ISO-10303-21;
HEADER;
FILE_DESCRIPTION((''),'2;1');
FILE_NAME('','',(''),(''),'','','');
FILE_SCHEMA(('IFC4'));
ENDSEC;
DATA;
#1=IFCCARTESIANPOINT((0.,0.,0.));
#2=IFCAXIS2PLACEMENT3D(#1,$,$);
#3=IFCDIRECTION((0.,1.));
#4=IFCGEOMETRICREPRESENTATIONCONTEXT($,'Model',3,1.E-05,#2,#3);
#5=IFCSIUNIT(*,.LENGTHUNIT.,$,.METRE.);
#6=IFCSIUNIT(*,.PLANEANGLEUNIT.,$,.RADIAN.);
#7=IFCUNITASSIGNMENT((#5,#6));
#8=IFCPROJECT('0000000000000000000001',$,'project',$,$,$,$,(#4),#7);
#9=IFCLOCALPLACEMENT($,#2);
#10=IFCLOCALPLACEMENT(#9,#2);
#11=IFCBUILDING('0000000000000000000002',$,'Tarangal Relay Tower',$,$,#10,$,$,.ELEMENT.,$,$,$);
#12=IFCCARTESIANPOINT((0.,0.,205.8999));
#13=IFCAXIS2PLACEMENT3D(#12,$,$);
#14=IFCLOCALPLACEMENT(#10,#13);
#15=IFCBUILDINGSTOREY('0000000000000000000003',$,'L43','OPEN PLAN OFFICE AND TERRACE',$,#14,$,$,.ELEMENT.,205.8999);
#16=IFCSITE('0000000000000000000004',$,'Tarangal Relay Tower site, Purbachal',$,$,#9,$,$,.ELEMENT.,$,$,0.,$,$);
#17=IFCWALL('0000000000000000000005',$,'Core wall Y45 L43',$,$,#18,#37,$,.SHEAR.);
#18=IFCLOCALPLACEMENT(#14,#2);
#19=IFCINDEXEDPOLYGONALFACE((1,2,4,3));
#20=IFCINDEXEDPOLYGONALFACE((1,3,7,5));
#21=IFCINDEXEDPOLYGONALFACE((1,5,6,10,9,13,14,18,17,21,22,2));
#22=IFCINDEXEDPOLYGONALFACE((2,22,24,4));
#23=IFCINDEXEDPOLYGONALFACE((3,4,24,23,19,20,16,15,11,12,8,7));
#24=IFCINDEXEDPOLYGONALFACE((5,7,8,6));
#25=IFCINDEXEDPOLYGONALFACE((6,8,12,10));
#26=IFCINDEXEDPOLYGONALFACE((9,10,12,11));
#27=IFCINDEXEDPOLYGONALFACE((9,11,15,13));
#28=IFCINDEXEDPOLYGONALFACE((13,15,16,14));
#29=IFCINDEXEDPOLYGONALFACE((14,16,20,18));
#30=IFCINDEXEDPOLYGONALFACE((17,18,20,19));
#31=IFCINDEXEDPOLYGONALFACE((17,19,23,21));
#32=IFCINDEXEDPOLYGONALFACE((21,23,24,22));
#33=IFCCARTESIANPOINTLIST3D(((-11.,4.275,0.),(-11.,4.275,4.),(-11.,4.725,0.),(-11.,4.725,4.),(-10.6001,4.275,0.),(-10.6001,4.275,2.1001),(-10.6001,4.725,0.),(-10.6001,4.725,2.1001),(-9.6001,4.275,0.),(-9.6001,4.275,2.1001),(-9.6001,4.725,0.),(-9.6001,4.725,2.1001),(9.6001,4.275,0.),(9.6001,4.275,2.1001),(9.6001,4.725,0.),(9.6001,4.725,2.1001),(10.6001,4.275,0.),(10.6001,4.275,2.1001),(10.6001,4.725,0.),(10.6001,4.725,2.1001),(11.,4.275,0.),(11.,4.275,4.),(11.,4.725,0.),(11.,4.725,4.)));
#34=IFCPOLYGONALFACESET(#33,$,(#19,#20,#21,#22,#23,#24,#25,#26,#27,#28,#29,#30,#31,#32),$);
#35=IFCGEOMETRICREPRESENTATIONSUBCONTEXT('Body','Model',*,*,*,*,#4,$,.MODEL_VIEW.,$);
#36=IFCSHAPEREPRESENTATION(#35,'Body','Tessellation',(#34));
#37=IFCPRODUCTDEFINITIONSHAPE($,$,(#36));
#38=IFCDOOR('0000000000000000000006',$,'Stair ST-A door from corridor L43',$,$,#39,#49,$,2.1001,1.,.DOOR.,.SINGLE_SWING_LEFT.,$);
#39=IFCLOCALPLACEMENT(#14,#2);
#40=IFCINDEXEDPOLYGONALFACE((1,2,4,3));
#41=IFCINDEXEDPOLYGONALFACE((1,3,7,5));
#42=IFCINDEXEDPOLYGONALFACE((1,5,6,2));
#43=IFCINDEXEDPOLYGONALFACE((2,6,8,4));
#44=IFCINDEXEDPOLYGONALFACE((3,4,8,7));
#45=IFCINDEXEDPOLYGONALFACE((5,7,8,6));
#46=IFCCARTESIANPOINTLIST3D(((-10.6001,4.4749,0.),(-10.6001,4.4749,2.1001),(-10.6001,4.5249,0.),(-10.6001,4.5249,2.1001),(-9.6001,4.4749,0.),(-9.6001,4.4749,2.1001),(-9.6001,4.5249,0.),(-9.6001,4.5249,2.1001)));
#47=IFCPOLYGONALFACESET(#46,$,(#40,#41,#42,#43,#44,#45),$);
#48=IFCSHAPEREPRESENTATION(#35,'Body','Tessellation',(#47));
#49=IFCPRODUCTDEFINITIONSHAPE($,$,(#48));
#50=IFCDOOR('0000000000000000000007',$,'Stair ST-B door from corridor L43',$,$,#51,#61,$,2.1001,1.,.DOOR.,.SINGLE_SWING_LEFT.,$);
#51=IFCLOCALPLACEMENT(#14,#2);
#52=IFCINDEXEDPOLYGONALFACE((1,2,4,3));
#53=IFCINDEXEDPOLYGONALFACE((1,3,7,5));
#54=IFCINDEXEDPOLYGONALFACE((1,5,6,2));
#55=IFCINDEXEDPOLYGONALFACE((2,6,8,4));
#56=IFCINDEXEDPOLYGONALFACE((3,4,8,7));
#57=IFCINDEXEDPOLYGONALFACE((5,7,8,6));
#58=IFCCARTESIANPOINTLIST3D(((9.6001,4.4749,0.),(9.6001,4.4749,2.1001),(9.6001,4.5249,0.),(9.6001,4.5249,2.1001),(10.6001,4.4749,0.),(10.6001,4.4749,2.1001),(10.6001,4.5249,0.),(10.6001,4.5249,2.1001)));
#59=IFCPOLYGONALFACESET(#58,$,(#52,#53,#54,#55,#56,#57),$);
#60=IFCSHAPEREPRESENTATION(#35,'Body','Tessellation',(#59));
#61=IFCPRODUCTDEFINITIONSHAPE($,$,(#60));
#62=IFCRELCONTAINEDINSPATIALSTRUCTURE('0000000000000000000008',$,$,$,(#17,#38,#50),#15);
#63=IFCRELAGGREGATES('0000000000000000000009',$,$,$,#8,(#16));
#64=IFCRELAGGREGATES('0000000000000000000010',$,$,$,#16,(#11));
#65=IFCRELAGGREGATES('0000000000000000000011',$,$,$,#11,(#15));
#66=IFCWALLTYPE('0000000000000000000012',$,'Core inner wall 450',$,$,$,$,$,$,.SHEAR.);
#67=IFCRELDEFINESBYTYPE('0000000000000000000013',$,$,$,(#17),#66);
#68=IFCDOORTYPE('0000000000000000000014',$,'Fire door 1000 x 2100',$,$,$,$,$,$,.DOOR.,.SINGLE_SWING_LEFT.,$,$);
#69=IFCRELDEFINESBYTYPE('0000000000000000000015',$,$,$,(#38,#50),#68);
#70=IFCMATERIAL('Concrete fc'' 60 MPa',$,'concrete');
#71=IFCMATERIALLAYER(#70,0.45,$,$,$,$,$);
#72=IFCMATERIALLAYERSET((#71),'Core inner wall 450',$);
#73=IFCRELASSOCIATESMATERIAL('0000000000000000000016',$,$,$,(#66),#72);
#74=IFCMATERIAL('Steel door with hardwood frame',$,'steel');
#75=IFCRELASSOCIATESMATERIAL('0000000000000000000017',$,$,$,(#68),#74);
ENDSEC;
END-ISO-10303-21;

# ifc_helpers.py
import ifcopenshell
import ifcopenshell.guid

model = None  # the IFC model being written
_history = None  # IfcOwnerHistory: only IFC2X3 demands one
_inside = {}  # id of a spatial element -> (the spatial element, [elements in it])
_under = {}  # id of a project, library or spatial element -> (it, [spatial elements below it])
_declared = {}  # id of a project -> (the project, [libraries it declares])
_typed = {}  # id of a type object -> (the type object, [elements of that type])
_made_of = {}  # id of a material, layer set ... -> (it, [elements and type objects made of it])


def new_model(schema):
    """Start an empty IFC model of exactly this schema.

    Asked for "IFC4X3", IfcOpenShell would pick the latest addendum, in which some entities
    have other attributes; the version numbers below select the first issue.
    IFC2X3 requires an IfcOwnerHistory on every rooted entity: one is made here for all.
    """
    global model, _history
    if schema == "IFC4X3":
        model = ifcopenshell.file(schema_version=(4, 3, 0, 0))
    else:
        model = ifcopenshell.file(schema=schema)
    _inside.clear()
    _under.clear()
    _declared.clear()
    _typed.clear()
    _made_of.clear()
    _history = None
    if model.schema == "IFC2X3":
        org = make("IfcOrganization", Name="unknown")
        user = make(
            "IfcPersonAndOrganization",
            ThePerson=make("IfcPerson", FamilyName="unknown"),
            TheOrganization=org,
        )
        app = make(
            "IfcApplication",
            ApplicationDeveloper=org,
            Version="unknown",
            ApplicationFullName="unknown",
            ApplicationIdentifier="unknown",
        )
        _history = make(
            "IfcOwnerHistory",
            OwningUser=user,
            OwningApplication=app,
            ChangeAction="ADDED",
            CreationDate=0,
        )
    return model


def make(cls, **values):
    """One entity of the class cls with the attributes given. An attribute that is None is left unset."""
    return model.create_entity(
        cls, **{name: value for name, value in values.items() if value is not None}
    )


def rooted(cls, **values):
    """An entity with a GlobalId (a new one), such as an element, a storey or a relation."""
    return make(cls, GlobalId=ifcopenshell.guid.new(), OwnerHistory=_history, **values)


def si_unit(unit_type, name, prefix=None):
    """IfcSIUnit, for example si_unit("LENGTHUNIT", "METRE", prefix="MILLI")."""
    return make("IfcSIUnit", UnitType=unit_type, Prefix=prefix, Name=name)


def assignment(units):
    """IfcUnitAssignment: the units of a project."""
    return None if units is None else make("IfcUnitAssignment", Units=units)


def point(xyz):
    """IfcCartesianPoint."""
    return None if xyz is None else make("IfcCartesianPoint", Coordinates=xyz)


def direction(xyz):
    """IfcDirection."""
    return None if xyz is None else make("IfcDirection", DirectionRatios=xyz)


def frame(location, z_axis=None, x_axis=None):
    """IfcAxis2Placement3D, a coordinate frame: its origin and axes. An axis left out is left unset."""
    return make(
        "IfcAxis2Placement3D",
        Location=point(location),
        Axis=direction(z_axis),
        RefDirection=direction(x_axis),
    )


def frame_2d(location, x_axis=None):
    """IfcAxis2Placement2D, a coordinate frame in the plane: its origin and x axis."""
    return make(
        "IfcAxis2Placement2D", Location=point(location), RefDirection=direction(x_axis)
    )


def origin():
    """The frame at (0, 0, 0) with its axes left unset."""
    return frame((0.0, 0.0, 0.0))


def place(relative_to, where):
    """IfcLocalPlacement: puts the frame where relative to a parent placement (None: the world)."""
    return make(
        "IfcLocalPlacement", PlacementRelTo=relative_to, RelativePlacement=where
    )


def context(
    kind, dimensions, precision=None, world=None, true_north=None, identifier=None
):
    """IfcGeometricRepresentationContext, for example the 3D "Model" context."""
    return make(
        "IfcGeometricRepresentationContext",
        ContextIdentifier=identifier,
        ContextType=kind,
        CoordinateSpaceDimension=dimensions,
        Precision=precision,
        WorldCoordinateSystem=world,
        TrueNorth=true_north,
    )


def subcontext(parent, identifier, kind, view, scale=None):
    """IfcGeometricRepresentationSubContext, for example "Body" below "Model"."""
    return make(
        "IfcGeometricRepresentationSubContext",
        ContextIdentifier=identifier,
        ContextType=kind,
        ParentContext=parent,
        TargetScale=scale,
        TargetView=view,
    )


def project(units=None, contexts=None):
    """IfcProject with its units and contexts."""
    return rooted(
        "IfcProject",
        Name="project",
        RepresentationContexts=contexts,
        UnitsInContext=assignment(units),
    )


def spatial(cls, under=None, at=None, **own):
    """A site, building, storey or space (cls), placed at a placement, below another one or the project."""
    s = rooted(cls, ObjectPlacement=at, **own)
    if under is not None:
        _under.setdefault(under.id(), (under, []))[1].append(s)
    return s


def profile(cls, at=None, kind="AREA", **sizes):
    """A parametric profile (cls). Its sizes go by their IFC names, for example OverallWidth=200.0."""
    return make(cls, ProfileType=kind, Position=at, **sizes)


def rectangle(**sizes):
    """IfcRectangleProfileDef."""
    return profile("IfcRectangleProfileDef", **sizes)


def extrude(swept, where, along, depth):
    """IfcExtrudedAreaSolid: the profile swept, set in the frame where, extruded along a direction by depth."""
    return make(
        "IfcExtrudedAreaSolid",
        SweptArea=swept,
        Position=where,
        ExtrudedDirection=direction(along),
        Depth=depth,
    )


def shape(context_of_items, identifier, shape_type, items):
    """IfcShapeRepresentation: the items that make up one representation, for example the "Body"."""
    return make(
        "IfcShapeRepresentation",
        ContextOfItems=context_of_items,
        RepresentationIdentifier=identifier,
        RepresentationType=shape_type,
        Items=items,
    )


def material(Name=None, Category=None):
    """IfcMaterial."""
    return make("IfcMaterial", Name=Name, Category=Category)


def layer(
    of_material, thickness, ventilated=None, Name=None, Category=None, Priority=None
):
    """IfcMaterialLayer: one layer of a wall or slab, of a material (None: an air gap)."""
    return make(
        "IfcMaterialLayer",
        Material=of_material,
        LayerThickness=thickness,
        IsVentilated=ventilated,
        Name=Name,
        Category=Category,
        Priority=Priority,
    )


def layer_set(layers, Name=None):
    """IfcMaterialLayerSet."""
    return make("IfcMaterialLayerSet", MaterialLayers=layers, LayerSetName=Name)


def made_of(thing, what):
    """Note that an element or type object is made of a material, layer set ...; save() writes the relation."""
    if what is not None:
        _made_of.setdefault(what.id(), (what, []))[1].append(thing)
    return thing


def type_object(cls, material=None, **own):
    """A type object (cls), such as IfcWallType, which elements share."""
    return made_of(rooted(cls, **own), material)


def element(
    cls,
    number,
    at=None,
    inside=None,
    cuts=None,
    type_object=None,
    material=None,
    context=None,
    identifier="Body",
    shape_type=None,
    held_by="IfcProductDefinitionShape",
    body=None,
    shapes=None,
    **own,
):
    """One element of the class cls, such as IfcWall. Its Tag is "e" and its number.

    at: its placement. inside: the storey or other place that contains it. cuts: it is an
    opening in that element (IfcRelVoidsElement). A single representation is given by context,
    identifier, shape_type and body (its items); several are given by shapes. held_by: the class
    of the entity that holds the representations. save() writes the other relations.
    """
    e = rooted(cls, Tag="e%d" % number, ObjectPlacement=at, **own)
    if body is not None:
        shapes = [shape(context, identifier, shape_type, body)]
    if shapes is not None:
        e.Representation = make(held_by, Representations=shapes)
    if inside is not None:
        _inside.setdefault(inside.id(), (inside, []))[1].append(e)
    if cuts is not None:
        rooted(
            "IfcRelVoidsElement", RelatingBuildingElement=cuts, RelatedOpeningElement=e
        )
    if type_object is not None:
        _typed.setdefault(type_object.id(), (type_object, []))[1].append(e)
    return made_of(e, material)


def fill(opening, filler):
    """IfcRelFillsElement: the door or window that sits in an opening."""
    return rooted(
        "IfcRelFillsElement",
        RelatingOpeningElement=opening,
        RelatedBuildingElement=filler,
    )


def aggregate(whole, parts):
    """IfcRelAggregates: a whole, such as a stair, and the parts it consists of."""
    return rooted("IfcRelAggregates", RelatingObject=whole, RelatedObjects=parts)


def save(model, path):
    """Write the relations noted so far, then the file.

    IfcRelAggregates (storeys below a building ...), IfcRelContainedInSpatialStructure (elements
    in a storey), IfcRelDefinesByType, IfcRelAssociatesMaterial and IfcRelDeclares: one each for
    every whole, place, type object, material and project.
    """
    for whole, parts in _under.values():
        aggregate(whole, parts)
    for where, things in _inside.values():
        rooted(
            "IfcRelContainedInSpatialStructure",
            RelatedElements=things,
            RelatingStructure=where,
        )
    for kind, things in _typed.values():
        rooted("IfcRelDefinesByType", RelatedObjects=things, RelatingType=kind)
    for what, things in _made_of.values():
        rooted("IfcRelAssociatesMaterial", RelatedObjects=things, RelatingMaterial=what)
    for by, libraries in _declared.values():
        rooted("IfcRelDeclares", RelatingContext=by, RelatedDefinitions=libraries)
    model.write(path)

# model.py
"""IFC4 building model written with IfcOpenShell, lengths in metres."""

from ifc_helpers import new_model, si_unit, direction, frame, frame_2d, origin, place, context, subcontext, project, spatial, rectangle, extrude, material, layer, layer_set, type_object, element, fill, save


model = new_model("IFC4")

# Units and contexts
model_context = context("Model", 3, precision=1e-05, world=origin(), true_north=direction((0.0, 1.0)))
body_context = subcontext(model_context, "Body", "Model", "MODEL_VIEW")
ifc_project = project(units=[si_unit("LENGTHUNIT", "METRE"), si_unit("PLANEANGLEUNIT", "RADIAN")], contexts=[model_context])

# Site, building, storey
site_placement = place(None, origin())
site = spatial("IfcSite", under=ifc_project, at=site_placement, Name="Tarangal Relay Tower site, Purbachal", CompositionType="ELEMENT", RefElevation=0.0)
building_placement = place(site_placement, origin())
building = spatial("IfcBuilding", under=site, at=building_placement, Name="Tarangal Relay Tower", CompositionType="ELEMENT")
storey_placement = place(building_placement, frame((0.0, 0.0, 205.8999)))
storey = spatial("IfcBuildingStorey", under=building, at=storey_placement, Name="L43", Description="OPEN PLAN OFFICE AND TERRACE", CompositionType="ELEMENT", Elevation=205.8999)

# Wall, openings, doors
ifc_material_1 = material(Name="Concrete fc' 60 MPa", Category="concrete")
ifc_layer = layer(ifc_material_1, 0.45)
ifc_layer_set = layer_set([ifc_layer], Name="Core inner wall 450")
wall_type = type_object("IfcWallType", Name="Core inner wall 450", PredefinedType="SHEAR", material=ifc_layer_set)
wall_1_placement = place(storey_placement, frame((-11.0, 4.5, 0.0), z_axis=(0.0, 0.0, 1.0), x_axis=(1.0, 0.0, 0.0)))
wall_1 = element("IfcWall", 1, at=wall_1_placement, inside=storey, type_object=wall_type, Name="Core wall Y45 L43", PredefinedType="SHEAR", context=body_context, shape_type="SweptSolid", body=[
    extrude(rectangle(XDim=22.0, YDim=0.45, at=frame_2d((11.0, 0.0))), origin(), (0.0, 0.0, 1.0), 4.0),
])
opening_1_placement = place(wall_1_placement, frame((0.3999, 0.0, 0.0)))
opening_1 = element("IfcOpeningElement", 2, at=opening_1_placement, cuts=wall_1, PredefinedType="OPENING", context=body_context, shape_type="SweptSolid", body=[
    extrude(rectangle(XDim=1.0, YDim=2.1001, at=frame_2d((0.5, 1.05))), frame((0.0, 0.2349, 0.0), z_axis=(0.0, -1.0, 0.0), x_axis=(1.0, 0.0, 0.0)), (0.0, 0.0, 1.0), 0.47),
])
opening_2_placement = place(wall_1_placement, frame((20.6001, 0.0, 0.0)))
opening_2 = element("IfcOpeningElement", 3, at=opening_2_placement, cuts=wall_1, PredefinedType="OPENING", context=body_context, shape_type="SweptSolid", body=[
    extrude(rectangle(XDim=1.0, YDim=2.1001, at=frame_2d((0.5, 1.05))), frame((0.0, 0.2349, 0.0), z_axis=(0.0, -1.0, 0.0), x_axis=(1.0, 0.0, 0.0)), (0.0, 0.0, 1.0), 0.47),
])
ifc_material_2 = material(Name="Steel door with hardwood frame", Category="steel")
door_type_1 = type_object("IfcDoorType", Name="Fire door 1000 x 2100", OperationType="SINGLE_SWING_LEFT", PredefinedType="DOOR", material=ifc_material_2)
door_1_placement = place(opening_1_placement, origin())
door_1 = element("IfcDoor", 4, at=door_1_placement, inside=storey, type_object=door_type_1, Name="Stair ST-A door from corridor L43", OperationType="SINGLE_SWING_LEFT", OverallHeight=2.1001, OverallWidth=1.0, PredefinedType="DOOR", context=body_context, shape_type="SweptSolid", body=[
    extrude(rectangle(XDim=1.0, YDim=2.1001, at=frame_2d((0.5, 1.05))), frame((0.0, 0.0249, 0.0), z_axis=(0.0, -1.0, 0.0), x_axis=(1.0, 0.0, 0.0)), (0.0, 0.0, 1.0), 0.05),
])
fill(opening_1, door_1)
door_2_placement = place(opening_2_placement, origin())
door_2 = element("IfcDoor", 5, at=door_2_placement, inside=storey, type_object=door_type_1, Name="Stair ST-B door from corridor L43", OperationType="SINGLE_SWING_LEFT", OverallHeight=2.1001, OverallWidth=1.0, PredefinedType="DOOR", context=body_context, shape_type="SweptSolid", body=[
    extrude(rectangle(XDim=1.0, YDim=2.1001, at=frame_2d((0.5, 1.05))), frame((0.0, 0.0249, 0.0), z_axis=(0.0, -1.0, 0.0), x_axis=(1.0, 0.0, 0.0)), (0.0, 0.0, 1.0), 0.05),
])
fill(opening_2, door_2)

save(model, "model.ifc")
